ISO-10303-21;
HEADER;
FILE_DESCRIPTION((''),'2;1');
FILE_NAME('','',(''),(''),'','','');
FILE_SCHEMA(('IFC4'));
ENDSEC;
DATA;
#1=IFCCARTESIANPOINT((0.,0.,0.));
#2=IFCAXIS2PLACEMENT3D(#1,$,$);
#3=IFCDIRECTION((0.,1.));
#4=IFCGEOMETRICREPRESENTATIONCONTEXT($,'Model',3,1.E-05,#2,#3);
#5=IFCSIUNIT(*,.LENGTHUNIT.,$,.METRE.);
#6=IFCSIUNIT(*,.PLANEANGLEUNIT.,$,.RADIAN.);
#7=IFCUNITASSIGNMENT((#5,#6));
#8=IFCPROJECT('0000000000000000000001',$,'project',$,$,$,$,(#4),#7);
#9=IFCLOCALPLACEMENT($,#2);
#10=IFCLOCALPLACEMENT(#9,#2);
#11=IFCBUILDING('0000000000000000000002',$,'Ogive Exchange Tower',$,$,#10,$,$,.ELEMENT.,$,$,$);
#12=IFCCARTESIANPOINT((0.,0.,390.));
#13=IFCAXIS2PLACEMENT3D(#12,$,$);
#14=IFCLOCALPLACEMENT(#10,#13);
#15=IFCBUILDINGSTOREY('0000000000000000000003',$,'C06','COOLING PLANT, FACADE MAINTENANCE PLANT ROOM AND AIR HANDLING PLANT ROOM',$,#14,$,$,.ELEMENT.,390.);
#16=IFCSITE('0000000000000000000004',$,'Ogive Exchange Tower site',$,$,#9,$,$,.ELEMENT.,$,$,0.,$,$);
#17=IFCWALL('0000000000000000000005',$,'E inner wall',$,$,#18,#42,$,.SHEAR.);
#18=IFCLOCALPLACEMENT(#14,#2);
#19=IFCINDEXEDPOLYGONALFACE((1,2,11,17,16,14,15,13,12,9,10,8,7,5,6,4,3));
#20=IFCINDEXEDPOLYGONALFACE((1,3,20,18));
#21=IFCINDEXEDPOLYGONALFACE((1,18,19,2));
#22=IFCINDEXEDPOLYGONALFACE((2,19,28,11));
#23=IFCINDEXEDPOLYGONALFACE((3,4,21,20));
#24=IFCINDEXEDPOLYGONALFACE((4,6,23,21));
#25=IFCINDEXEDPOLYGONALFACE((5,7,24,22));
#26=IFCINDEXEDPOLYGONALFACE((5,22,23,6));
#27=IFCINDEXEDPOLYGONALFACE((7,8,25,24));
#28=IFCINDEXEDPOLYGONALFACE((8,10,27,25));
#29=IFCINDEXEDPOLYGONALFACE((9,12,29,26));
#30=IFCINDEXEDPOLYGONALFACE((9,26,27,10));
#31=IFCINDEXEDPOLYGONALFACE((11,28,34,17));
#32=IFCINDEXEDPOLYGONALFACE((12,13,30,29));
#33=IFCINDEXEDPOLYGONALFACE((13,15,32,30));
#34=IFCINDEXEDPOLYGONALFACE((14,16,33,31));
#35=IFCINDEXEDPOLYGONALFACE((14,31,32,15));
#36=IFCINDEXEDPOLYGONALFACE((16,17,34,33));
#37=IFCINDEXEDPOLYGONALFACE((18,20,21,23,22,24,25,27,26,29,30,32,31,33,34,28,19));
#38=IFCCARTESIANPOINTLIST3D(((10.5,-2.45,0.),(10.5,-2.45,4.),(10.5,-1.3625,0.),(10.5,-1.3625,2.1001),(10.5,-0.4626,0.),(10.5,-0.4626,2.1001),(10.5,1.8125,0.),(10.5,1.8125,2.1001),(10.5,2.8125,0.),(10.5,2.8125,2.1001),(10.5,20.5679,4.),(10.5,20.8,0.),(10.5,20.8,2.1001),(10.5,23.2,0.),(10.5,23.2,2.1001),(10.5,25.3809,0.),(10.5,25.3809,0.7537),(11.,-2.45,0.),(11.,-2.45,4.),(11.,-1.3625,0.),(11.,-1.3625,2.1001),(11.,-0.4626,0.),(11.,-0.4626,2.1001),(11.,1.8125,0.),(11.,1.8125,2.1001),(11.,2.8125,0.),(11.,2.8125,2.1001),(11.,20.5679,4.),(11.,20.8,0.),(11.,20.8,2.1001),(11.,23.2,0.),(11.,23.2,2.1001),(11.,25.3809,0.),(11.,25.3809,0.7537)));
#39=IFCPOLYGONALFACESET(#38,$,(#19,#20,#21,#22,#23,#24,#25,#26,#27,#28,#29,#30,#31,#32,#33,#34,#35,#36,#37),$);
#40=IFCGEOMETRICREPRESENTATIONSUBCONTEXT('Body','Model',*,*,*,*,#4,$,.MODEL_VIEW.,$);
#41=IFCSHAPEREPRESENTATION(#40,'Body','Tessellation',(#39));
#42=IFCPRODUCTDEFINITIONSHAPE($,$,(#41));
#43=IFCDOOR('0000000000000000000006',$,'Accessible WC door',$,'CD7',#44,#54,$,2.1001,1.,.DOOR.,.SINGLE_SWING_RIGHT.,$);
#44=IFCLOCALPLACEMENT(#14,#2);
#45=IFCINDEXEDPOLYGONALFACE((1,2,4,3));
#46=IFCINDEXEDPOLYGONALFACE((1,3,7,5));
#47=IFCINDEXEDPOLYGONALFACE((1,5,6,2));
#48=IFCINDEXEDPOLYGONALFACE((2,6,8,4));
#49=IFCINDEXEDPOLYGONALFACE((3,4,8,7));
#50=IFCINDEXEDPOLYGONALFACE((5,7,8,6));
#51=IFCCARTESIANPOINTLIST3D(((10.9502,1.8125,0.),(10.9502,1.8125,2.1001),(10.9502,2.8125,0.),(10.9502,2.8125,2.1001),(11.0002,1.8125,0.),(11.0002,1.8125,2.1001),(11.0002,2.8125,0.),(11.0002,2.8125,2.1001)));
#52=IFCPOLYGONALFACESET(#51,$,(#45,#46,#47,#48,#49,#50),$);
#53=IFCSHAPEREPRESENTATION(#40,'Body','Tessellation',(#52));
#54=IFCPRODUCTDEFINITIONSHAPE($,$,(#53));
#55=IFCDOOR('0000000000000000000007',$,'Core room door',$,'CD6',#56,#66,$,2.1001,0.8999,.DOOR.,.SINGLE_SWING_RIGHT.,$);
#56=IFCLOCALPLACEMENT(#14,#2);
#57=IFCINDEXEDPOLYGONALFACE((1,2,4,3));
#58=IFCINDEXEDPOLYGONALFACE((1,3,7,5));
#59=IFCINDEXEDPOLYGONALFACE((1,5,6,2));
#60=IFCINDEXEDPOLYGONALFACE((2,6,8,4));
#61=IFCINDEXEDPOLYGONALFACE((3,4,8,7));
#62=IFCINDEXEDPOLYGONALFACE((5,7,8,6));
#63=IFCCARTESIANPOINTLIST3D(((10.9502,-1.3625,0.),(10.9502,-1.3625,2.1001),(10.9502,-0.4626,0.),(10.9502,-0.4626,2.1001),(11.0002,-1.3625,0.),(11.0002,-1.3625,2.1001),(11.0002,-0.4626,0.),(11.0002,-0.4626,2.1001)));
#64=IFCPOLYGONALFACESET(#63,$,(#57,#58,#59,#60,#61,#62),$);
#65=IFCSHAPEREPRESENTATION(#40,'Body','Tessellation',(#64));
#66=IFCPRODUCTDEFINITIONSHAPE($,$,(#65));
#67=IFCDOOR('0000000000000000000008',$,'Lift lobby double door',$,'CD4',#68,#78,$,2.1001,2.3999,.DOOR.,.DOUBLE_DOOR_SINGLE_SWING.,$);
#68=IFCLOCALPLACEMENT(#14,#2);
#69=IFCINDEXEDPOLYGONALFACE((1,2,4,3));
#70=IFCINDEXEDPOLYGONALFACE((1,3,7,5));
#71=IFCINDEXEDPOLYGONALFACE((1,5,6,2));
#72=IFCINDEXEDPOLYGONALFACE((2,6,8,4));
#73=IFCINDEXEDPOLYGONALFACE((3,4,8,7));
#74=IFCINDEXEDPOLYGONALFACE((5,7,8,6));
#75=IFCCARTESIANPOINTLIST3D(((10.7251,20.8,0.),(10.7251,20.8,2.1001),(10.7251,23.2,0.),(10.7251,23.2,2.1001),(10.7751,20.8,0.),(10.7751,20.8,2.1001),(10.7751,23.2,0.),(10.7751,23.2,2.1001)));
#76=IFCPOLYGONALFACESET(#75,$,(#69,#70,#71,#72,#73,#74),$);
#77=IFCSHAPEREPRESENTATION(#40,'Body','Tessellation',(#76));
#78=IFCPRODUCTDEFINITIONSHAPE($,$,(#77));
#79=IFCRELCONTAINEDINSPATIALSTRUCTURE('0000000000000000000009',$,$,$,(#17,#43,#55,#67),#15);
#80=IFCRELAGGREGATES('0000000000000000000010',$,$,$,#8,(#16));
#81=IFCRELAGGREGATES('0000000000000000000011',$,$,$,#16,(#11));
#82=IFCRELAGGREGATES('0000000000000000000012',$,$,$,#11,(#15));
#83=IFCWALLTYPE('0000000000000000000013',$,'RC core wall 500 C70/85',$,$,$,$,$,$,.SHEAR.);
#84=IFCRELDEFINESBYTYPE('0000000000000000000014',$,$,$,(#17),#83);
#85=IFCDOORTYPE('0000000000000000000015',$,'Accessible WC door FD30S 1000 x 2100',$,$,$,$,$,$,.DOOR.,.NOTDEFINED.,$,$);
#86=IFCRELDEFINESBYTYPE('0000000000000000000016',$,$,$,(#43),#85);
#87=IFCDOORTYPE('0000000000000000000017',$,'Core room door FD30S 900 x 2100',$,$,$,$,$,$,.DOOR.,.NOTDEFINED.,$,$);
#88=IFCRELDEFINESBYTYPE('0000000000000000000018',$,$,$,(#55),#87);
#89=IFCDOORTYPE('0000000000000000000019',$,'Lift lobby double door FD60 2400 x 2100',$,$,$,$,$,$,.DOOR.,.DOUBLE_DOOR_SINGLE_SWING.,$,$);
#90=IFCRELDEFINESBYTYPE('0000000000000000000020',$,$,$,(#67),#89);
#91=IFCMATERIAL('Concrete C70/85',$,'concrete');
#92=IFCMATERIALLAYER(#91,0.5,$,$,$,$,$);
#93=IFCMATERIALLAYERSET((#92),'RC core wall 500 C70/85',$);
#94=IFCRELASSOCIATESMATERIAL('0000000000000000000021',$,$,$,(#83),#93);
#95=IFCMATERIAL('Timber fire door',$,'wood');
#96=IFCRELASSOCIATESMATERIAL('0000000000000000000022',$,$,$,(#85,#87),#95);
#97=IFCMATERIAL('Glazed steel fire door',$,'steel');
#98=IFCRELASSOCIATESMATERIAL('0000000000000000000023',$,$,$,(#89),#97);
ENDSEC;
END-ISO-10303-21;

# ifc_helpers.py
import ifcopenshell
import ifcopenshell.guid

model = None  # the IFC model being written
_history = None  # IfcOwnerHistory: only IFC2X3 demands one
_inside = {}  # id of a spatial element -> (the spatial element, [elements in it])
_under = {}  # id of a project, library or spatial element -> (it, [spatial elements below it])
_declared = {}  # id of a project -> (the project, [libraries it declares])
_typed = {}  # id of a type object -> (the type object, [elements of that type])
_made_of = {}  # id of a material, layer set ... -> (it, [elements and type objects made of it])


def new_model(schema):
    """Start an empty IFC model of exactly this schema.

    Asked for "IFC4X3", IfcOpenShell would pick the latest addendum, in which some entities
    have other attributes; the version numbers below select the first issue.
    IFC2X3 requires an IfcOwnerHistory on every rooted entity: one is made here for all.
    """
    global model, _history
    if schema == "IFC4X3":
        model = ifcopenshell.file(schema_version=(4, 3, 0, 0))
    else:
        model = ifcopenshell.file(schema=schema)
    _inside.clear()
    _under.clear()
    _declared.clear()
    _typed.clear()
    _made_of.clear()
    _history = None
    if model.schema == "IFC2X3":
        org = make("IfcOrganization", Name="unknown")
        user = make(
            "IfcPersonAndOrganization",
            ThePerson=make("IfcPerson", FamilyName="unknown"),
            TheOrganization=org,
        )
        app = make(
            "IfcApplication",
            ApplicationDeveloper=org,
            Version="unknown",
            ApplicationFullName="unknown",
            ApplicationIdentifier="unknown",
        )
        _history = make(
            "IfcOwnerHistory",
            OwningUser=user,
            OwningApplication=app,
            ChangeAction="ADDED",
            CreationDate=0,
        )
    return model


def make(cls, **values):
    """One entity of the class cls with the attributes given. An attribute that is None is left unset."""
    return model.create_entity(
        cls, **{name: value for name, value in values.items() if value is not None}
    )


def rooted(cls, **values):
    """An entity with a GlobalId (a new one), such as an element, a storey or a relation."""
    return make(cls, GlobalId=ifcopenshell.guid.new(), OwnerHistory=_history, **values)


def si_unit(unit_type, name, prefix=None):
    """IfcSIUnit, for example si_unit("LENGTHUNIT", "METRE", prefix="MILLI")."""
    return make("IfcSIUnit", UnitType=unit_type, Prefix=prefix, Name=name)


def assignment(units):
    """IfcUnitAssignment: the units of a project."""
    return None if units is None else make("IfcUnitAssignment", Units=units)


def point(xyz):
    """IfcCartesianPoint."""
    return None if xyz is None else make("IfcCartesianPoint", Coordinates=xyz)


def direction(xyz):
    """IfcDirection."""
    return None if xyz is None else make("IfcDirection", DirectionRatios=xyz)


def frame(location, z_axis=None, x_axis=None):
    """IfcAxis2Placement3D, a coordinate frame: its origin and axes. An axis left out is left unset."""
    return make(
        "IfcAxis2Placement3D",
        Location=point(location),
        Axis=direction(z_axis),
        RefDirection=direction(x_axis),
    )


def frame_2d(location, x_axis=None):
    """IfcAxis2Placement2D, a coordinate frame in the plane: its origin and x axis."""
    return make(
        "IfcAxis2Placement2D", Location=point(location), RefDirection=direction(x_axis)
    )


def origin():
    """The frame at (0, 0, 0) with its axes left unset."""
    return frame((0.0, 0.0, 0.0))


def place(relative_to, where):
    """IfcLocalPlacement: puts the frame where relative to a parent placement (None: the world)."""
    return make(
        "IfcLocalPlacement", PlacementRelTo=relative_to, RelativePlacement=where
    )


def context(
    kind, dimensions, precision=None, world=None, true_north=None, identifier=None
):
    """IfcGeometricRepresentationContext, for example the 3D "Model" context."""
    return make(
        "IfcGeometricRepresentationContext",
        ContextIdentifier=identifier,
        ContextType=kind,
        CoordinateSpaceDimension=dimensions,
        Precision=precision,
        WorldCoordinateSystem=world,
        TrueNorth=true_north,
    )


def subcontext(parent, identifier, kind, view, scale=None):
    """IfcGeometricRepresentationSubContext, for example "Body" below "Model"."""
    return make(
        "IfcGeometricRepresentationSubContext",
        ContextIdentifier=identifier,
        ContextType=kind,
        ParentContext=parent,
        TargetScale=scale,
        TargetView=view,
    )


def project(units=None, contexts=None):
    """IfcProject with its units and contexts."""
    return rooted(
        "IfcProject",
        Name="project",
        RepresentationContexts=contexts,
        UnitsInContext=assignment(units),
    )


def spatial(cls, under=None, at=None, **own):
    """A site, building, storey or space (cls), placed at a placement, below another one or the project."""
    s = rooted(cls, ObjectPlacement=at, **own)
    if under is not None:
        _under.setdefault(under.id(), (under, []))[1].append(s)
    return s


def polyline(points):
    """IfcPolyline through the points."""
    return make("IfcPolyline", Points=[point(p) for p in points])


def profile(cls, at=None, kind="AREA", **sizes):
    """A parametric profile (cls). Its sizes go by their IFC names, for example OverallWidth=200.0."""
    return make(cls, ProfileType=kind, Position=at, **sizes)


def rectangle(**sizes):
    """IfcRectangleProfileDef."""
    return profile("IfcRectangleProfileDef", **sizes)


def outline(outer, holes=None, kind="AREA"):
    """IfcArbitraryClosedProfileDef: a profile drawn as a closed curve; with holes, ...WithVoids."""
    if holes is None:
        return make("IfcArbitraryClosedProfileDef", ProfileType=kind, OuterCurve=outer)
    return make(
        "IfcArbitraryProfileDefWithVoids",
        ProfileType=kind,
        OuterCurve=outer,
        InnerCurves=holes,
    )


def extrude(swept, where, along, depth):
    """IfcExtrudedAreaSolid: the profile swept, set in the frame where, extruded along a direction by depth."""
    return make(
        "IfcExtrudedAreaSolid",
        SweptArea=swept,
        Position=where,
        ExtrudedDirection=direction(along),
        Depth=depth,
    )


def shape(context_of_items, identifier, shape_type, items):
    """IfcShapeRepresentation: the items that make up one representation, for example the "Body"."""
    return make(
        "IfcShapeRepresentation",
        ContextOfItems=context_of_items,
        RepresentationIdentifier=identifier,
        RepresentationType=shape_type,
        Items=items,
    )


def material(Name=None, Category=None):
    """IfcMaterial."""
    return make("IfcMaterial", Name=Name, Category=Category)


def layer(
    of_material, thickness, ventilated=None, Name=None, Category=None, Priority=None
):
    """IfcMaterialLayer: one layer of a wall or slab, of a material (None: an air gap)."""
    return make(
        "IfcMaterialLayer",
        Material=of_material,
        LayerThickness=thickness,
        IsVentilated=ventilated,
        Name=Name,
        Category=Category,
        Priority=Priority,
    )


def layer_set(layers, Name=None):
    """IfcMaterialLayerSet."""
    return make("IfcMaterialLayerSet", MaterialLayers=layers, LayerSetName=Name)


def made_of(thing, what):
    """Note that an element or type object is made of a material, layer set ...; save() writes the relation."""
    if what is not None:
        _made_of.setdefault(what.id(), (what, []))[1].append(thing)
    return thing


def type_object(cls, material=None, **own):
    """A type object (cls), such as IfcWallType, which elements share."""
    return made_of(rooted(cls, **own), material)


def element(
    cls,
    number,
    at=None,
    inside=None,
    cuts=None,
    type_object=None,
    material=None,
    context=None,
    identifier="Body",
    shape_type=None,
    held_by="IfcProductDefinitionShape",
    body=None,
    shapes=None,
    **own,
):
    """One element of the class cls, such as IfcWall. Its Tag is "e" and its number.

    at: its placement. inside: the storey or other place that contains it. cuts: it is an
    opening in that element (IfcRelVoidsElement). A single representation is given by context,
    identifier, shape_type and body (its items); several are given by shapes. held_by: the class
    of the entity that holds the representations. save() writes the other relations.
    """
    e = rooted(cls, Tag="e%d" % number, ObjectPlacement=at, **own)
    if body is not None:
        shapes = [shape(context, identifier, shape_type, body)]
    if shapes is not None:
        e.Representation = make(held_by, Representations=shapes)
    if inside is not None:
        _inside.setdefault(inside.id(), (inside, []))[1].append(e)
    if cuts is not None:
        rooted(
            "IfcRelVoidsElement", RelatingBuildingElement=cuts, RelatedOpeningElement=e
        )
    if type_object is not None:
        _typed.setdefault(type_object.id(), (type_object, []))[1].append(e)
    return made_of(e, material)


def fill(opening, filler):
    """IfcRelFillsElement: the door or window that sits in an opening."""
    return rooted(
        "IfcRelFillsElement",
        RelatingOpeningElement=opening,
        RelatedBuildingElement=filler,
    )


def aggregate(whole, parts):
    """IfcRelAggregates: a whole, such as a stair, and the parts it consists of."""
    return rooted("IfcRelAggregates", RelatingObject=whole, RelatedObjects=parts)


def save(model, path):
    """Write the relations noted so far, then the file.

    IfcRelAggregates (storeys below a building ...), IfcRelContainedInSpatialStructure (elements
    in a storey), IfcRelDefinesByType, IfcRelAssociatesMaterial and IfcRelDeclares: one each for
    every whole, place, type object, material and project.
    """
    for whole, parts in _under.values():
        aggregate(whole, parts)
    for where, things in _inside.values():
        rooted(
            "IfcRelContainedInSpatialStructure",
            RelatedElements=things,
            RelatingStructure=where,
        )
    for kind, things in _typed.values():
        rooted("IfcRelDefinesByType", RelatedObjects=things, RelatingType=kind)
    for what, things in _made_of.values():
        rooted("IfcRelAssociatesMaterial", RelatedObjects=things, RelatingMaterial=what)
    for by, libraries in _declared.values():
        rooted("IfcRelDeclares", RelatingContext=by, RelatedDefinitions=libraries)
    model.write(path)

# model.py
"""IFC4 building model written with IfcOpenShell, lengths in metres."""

from ifc_helpers import new_model, si_unit, direction, frame, frame_2d, origin, place, context, subcontext, project, spatial, polyline, rectangle, outline, extrude, material, layer, layer_set, type_object, element, fill, save


model = new_model("IFC4")

# Units and contexts
model_context = context("Model", 3, precision=1e-05, world=origin(), true_north=direction((0.0, 1.0)))
body_context = subcontext(model_context, "Body", "Model", "MODEL_VIEW")
ifc_project = project(units=[si_unit("LENGTHUNIT", "METRE"), si_unit("PLANEANGLEUNIT", "RADIAN")], contexts=[model_context])

# Site, building, storey
site_placement = place(None, origin())
site = spatial("IfcSite", under=ifc_project, at=site_placement, Name="Ogive Exchange Tower site", CompositionType="ELEMENT", RefElevation=0.0)
building_placement = place(site_placement, origin())
building = spatial("IfcBuilding", under=site, at=building_placement, Name="Ogive Exchange Tower", CompositionType="ELEMENT")
storey_placement = place(building_placement, frame((0.0, 0.0, 390.0)))
storey = spatial("IfcBuildingStorey", under=building, at=storey_placement, Name="C06", Description="COOLING PLANT, FACADE MAINTENANCE PLANT ROOM AND AIR HANDLING PLANT ROOM", CompositionType="ELEMENT", Elevation=390.0)

# Shared definitions
ifc_material_1 = material(Name="Concrete C70/85", Category="concrete")

# Wall, openings, doors
ifc_layer_1 = layer(ifc_material_1, 0.5)
ifc_layer_set_1 = layer_set([ifc_layer_1], Name="RC core wall 500 C70/85")
wall_type_1 = type_object("IfcWallType", Name="RC core wall 500 C70/85", PredefinedType="SHEAR", material=ifc_layer_set_1)
wall_1_placement = place(storey_placement, frame((10.75, -2.45, 0.0), z_axis=(0.0, 0.0, 1.0), x_axis=(0.0, 1.0, 0.0)))
wall_1 = element("IfcWall", 1, at=wall_1_placement, inside=storey, type_object=wall_type_1, Name="E inner wall", PredefinedType="SHEAR", context=body_context, shape_type="SweptSolid", body=[
    extrude(outline(polyline([(0.0, 0.0), (27.8308, 0.0), (27.8308, 0.7537), (23.0178, 4.0), (0.0, 4.0), (0.0, 0.0)])), frame((0.0, 0.25, 0.0), z_axis=(0.0, -1.0, 0.0), x_axis=(1.0, 0.0, 0.0)), (0.0, 0.0, 1.0), 0.5),
])
opening_1_placement = place(wall_1_placement, frame((23.25, 0.0, 0.0)))
opening_1 = element("IfcOpeningElement", 2, at=opening_1_placement, cuts=wall_1, PredefinedType="OPENING", context=body_context, shape_type="SweptSolid", body=[
    extrude(rectangle(XDim=2.3999, YDim=2.1001, at=frame_2d((1.2, 1.05))), frame((0.0, 0.26, 0.0), z_axis=(0.0, -1.0, 0.0), x_axis=(1.0, 0.0, 0.0)), (0.0, 0.0, 1.0), 0.52),
])
opening_2_placement = place(wall_1_placement, frame((1.0874, 0.0, 0.0)))
opening_2 = element("IfcOpeningElement", 3, at=opening_2_placement, cuts=wall_1, PredefinedType="OPENING", context=body_context, shape_type="SweptSolid", body=[
    extrude(rectangle(XDim=0.8999, YDim=2.1001, at=frame_2d((0.45, 1.05))), frame((0.0, 0.26, 0.0), z_axis=(0.0, -1.0, 0.0), x_axis=(1.0, 0.0, 0.0)), (0.0, 0.0, 1.0), 0.52),
])
opening_3_placement = place(wall_1_placement, frame((4.2625, 0.0, 0.0)))
opening_3 = element("IfcOpeningElement", 4, at=opening_3_placement, cuts=wall_1, PredefinedType="OPENING", context=body_context, shape_type="SweptSolid", body=[
    extrude(rectangle(XDim=1.0, YDim=2.1001, at=frame_2d((0.5, 1.05))), frame((0.0, 0.26, 0.0), z_axis=(0.0, -1.0, 0.0), x_axis=(1.0, 0.0, 0.0)), (0.0, 0.0, 1.0), 0.52),
])
ifc_material_2 = material(Name="Timber fire door", Category="wood")
door_type_1 = type_object("IfcDoorType", Name="Accessible WC door FD30S 1000 x 2100", OperationType="NOTDEFINED", PredefinedType="DOOR", material=ifc_material_2)
door_1_placement = place(opening_3_placement, origin())
door_1 = element("IfcDoor", 5, at=door_1_placement, inside=storey, type_object=door_type_1, Name="Accessible WC door", ObjectType="CD7", OperationType="SINGLE_SWING_RIGHT", OverallHeight=2.1001, OverallWidth=1.0, PredefinedType="DOOR", context=body_context, shape_type="SweptSolid", body=[
    extrude(rectangle(XDim=1.0, YDim=2.1001, at=frame_2d((0.5, 1.05))), frame((0.0, -0.2002, 0.0), z_axis=(0.0, -1.0, 0.0), x_axis=(1.0, 0.0, 0.0)), (0.0, 0.0, 1.0), 0.05),
])
fill(opening_3, door_1)
door_type_2 = type_object("IfcDoorType", Name="Core room door FD30S 900 x 2100", OperationType="NOTDEFINED", PredefinedType="DOOR", material=ifc_material_2)
door_2_placement = place(opening_2_placement, origin())
door_2 = element("IfcDoor", 6, at=door_2_placement, inside=storey, type_object=door_type_2, Name="Core room door", ObjectType="CD6", OperationType="SINGLE_SWING_RIGHT", OverallHeight=2.1001, OverallWidth=0.8999, PredefinedType="DOOR", context=body_context, shape_type="SweptSolid", body=[
    extrude(rectangle(XDim=0.8999, YDim=2.1001, at=frame_2d((0.45, 1.05))), frame((0.0, -0.2002, 0.0), z_axis=(0.0, -1.0, 0.0), x_axis=(1.0, 0.0, 0.0)), (0.0, 0.0, 1.0), 0.05),
])
fill(opening_2, door_2)
ifc_material_3 = material(Name="Glazed steel fire door", Category="steel")
door_type_3 = type_object("IfcDoorType", Name="Lift lobby double door FD60 2400 x 2100", OperationType="DOUBLE_DOOR_SINGLE_SWING", PredefinedType="DOOR", material=ifc_material_3)
door_3_placement = place(opening_1_placement, origin())
door_3 = element("IfcDoor", 7, at=door_3_placement, inside=storey, type_object=door_type_3, Name="Lift lobby double door", ObjectType="CD4", OperationType="DOUBLE_DOOR_SINGLE_SWING", OverallHeight=2.1001, OverallWidth=2.3999, PredefinedType="DOOR", context=body_context, shape_type="SweptSolid", body=[
    extrude(rectangle(XDim=2.3999, YDim=2.1001, at=frame_2d((1.2, 1.05))), frame((0.0, 0.0249, 0.0), z_axis=(0.0, -1.0, 0.0), x_axis=(1.0, 0.0, 0.0)), (0.0, 0.0, 1.0), 0.05),
])
fill(opening_1, door_3)

save(model, "model.ifc")
